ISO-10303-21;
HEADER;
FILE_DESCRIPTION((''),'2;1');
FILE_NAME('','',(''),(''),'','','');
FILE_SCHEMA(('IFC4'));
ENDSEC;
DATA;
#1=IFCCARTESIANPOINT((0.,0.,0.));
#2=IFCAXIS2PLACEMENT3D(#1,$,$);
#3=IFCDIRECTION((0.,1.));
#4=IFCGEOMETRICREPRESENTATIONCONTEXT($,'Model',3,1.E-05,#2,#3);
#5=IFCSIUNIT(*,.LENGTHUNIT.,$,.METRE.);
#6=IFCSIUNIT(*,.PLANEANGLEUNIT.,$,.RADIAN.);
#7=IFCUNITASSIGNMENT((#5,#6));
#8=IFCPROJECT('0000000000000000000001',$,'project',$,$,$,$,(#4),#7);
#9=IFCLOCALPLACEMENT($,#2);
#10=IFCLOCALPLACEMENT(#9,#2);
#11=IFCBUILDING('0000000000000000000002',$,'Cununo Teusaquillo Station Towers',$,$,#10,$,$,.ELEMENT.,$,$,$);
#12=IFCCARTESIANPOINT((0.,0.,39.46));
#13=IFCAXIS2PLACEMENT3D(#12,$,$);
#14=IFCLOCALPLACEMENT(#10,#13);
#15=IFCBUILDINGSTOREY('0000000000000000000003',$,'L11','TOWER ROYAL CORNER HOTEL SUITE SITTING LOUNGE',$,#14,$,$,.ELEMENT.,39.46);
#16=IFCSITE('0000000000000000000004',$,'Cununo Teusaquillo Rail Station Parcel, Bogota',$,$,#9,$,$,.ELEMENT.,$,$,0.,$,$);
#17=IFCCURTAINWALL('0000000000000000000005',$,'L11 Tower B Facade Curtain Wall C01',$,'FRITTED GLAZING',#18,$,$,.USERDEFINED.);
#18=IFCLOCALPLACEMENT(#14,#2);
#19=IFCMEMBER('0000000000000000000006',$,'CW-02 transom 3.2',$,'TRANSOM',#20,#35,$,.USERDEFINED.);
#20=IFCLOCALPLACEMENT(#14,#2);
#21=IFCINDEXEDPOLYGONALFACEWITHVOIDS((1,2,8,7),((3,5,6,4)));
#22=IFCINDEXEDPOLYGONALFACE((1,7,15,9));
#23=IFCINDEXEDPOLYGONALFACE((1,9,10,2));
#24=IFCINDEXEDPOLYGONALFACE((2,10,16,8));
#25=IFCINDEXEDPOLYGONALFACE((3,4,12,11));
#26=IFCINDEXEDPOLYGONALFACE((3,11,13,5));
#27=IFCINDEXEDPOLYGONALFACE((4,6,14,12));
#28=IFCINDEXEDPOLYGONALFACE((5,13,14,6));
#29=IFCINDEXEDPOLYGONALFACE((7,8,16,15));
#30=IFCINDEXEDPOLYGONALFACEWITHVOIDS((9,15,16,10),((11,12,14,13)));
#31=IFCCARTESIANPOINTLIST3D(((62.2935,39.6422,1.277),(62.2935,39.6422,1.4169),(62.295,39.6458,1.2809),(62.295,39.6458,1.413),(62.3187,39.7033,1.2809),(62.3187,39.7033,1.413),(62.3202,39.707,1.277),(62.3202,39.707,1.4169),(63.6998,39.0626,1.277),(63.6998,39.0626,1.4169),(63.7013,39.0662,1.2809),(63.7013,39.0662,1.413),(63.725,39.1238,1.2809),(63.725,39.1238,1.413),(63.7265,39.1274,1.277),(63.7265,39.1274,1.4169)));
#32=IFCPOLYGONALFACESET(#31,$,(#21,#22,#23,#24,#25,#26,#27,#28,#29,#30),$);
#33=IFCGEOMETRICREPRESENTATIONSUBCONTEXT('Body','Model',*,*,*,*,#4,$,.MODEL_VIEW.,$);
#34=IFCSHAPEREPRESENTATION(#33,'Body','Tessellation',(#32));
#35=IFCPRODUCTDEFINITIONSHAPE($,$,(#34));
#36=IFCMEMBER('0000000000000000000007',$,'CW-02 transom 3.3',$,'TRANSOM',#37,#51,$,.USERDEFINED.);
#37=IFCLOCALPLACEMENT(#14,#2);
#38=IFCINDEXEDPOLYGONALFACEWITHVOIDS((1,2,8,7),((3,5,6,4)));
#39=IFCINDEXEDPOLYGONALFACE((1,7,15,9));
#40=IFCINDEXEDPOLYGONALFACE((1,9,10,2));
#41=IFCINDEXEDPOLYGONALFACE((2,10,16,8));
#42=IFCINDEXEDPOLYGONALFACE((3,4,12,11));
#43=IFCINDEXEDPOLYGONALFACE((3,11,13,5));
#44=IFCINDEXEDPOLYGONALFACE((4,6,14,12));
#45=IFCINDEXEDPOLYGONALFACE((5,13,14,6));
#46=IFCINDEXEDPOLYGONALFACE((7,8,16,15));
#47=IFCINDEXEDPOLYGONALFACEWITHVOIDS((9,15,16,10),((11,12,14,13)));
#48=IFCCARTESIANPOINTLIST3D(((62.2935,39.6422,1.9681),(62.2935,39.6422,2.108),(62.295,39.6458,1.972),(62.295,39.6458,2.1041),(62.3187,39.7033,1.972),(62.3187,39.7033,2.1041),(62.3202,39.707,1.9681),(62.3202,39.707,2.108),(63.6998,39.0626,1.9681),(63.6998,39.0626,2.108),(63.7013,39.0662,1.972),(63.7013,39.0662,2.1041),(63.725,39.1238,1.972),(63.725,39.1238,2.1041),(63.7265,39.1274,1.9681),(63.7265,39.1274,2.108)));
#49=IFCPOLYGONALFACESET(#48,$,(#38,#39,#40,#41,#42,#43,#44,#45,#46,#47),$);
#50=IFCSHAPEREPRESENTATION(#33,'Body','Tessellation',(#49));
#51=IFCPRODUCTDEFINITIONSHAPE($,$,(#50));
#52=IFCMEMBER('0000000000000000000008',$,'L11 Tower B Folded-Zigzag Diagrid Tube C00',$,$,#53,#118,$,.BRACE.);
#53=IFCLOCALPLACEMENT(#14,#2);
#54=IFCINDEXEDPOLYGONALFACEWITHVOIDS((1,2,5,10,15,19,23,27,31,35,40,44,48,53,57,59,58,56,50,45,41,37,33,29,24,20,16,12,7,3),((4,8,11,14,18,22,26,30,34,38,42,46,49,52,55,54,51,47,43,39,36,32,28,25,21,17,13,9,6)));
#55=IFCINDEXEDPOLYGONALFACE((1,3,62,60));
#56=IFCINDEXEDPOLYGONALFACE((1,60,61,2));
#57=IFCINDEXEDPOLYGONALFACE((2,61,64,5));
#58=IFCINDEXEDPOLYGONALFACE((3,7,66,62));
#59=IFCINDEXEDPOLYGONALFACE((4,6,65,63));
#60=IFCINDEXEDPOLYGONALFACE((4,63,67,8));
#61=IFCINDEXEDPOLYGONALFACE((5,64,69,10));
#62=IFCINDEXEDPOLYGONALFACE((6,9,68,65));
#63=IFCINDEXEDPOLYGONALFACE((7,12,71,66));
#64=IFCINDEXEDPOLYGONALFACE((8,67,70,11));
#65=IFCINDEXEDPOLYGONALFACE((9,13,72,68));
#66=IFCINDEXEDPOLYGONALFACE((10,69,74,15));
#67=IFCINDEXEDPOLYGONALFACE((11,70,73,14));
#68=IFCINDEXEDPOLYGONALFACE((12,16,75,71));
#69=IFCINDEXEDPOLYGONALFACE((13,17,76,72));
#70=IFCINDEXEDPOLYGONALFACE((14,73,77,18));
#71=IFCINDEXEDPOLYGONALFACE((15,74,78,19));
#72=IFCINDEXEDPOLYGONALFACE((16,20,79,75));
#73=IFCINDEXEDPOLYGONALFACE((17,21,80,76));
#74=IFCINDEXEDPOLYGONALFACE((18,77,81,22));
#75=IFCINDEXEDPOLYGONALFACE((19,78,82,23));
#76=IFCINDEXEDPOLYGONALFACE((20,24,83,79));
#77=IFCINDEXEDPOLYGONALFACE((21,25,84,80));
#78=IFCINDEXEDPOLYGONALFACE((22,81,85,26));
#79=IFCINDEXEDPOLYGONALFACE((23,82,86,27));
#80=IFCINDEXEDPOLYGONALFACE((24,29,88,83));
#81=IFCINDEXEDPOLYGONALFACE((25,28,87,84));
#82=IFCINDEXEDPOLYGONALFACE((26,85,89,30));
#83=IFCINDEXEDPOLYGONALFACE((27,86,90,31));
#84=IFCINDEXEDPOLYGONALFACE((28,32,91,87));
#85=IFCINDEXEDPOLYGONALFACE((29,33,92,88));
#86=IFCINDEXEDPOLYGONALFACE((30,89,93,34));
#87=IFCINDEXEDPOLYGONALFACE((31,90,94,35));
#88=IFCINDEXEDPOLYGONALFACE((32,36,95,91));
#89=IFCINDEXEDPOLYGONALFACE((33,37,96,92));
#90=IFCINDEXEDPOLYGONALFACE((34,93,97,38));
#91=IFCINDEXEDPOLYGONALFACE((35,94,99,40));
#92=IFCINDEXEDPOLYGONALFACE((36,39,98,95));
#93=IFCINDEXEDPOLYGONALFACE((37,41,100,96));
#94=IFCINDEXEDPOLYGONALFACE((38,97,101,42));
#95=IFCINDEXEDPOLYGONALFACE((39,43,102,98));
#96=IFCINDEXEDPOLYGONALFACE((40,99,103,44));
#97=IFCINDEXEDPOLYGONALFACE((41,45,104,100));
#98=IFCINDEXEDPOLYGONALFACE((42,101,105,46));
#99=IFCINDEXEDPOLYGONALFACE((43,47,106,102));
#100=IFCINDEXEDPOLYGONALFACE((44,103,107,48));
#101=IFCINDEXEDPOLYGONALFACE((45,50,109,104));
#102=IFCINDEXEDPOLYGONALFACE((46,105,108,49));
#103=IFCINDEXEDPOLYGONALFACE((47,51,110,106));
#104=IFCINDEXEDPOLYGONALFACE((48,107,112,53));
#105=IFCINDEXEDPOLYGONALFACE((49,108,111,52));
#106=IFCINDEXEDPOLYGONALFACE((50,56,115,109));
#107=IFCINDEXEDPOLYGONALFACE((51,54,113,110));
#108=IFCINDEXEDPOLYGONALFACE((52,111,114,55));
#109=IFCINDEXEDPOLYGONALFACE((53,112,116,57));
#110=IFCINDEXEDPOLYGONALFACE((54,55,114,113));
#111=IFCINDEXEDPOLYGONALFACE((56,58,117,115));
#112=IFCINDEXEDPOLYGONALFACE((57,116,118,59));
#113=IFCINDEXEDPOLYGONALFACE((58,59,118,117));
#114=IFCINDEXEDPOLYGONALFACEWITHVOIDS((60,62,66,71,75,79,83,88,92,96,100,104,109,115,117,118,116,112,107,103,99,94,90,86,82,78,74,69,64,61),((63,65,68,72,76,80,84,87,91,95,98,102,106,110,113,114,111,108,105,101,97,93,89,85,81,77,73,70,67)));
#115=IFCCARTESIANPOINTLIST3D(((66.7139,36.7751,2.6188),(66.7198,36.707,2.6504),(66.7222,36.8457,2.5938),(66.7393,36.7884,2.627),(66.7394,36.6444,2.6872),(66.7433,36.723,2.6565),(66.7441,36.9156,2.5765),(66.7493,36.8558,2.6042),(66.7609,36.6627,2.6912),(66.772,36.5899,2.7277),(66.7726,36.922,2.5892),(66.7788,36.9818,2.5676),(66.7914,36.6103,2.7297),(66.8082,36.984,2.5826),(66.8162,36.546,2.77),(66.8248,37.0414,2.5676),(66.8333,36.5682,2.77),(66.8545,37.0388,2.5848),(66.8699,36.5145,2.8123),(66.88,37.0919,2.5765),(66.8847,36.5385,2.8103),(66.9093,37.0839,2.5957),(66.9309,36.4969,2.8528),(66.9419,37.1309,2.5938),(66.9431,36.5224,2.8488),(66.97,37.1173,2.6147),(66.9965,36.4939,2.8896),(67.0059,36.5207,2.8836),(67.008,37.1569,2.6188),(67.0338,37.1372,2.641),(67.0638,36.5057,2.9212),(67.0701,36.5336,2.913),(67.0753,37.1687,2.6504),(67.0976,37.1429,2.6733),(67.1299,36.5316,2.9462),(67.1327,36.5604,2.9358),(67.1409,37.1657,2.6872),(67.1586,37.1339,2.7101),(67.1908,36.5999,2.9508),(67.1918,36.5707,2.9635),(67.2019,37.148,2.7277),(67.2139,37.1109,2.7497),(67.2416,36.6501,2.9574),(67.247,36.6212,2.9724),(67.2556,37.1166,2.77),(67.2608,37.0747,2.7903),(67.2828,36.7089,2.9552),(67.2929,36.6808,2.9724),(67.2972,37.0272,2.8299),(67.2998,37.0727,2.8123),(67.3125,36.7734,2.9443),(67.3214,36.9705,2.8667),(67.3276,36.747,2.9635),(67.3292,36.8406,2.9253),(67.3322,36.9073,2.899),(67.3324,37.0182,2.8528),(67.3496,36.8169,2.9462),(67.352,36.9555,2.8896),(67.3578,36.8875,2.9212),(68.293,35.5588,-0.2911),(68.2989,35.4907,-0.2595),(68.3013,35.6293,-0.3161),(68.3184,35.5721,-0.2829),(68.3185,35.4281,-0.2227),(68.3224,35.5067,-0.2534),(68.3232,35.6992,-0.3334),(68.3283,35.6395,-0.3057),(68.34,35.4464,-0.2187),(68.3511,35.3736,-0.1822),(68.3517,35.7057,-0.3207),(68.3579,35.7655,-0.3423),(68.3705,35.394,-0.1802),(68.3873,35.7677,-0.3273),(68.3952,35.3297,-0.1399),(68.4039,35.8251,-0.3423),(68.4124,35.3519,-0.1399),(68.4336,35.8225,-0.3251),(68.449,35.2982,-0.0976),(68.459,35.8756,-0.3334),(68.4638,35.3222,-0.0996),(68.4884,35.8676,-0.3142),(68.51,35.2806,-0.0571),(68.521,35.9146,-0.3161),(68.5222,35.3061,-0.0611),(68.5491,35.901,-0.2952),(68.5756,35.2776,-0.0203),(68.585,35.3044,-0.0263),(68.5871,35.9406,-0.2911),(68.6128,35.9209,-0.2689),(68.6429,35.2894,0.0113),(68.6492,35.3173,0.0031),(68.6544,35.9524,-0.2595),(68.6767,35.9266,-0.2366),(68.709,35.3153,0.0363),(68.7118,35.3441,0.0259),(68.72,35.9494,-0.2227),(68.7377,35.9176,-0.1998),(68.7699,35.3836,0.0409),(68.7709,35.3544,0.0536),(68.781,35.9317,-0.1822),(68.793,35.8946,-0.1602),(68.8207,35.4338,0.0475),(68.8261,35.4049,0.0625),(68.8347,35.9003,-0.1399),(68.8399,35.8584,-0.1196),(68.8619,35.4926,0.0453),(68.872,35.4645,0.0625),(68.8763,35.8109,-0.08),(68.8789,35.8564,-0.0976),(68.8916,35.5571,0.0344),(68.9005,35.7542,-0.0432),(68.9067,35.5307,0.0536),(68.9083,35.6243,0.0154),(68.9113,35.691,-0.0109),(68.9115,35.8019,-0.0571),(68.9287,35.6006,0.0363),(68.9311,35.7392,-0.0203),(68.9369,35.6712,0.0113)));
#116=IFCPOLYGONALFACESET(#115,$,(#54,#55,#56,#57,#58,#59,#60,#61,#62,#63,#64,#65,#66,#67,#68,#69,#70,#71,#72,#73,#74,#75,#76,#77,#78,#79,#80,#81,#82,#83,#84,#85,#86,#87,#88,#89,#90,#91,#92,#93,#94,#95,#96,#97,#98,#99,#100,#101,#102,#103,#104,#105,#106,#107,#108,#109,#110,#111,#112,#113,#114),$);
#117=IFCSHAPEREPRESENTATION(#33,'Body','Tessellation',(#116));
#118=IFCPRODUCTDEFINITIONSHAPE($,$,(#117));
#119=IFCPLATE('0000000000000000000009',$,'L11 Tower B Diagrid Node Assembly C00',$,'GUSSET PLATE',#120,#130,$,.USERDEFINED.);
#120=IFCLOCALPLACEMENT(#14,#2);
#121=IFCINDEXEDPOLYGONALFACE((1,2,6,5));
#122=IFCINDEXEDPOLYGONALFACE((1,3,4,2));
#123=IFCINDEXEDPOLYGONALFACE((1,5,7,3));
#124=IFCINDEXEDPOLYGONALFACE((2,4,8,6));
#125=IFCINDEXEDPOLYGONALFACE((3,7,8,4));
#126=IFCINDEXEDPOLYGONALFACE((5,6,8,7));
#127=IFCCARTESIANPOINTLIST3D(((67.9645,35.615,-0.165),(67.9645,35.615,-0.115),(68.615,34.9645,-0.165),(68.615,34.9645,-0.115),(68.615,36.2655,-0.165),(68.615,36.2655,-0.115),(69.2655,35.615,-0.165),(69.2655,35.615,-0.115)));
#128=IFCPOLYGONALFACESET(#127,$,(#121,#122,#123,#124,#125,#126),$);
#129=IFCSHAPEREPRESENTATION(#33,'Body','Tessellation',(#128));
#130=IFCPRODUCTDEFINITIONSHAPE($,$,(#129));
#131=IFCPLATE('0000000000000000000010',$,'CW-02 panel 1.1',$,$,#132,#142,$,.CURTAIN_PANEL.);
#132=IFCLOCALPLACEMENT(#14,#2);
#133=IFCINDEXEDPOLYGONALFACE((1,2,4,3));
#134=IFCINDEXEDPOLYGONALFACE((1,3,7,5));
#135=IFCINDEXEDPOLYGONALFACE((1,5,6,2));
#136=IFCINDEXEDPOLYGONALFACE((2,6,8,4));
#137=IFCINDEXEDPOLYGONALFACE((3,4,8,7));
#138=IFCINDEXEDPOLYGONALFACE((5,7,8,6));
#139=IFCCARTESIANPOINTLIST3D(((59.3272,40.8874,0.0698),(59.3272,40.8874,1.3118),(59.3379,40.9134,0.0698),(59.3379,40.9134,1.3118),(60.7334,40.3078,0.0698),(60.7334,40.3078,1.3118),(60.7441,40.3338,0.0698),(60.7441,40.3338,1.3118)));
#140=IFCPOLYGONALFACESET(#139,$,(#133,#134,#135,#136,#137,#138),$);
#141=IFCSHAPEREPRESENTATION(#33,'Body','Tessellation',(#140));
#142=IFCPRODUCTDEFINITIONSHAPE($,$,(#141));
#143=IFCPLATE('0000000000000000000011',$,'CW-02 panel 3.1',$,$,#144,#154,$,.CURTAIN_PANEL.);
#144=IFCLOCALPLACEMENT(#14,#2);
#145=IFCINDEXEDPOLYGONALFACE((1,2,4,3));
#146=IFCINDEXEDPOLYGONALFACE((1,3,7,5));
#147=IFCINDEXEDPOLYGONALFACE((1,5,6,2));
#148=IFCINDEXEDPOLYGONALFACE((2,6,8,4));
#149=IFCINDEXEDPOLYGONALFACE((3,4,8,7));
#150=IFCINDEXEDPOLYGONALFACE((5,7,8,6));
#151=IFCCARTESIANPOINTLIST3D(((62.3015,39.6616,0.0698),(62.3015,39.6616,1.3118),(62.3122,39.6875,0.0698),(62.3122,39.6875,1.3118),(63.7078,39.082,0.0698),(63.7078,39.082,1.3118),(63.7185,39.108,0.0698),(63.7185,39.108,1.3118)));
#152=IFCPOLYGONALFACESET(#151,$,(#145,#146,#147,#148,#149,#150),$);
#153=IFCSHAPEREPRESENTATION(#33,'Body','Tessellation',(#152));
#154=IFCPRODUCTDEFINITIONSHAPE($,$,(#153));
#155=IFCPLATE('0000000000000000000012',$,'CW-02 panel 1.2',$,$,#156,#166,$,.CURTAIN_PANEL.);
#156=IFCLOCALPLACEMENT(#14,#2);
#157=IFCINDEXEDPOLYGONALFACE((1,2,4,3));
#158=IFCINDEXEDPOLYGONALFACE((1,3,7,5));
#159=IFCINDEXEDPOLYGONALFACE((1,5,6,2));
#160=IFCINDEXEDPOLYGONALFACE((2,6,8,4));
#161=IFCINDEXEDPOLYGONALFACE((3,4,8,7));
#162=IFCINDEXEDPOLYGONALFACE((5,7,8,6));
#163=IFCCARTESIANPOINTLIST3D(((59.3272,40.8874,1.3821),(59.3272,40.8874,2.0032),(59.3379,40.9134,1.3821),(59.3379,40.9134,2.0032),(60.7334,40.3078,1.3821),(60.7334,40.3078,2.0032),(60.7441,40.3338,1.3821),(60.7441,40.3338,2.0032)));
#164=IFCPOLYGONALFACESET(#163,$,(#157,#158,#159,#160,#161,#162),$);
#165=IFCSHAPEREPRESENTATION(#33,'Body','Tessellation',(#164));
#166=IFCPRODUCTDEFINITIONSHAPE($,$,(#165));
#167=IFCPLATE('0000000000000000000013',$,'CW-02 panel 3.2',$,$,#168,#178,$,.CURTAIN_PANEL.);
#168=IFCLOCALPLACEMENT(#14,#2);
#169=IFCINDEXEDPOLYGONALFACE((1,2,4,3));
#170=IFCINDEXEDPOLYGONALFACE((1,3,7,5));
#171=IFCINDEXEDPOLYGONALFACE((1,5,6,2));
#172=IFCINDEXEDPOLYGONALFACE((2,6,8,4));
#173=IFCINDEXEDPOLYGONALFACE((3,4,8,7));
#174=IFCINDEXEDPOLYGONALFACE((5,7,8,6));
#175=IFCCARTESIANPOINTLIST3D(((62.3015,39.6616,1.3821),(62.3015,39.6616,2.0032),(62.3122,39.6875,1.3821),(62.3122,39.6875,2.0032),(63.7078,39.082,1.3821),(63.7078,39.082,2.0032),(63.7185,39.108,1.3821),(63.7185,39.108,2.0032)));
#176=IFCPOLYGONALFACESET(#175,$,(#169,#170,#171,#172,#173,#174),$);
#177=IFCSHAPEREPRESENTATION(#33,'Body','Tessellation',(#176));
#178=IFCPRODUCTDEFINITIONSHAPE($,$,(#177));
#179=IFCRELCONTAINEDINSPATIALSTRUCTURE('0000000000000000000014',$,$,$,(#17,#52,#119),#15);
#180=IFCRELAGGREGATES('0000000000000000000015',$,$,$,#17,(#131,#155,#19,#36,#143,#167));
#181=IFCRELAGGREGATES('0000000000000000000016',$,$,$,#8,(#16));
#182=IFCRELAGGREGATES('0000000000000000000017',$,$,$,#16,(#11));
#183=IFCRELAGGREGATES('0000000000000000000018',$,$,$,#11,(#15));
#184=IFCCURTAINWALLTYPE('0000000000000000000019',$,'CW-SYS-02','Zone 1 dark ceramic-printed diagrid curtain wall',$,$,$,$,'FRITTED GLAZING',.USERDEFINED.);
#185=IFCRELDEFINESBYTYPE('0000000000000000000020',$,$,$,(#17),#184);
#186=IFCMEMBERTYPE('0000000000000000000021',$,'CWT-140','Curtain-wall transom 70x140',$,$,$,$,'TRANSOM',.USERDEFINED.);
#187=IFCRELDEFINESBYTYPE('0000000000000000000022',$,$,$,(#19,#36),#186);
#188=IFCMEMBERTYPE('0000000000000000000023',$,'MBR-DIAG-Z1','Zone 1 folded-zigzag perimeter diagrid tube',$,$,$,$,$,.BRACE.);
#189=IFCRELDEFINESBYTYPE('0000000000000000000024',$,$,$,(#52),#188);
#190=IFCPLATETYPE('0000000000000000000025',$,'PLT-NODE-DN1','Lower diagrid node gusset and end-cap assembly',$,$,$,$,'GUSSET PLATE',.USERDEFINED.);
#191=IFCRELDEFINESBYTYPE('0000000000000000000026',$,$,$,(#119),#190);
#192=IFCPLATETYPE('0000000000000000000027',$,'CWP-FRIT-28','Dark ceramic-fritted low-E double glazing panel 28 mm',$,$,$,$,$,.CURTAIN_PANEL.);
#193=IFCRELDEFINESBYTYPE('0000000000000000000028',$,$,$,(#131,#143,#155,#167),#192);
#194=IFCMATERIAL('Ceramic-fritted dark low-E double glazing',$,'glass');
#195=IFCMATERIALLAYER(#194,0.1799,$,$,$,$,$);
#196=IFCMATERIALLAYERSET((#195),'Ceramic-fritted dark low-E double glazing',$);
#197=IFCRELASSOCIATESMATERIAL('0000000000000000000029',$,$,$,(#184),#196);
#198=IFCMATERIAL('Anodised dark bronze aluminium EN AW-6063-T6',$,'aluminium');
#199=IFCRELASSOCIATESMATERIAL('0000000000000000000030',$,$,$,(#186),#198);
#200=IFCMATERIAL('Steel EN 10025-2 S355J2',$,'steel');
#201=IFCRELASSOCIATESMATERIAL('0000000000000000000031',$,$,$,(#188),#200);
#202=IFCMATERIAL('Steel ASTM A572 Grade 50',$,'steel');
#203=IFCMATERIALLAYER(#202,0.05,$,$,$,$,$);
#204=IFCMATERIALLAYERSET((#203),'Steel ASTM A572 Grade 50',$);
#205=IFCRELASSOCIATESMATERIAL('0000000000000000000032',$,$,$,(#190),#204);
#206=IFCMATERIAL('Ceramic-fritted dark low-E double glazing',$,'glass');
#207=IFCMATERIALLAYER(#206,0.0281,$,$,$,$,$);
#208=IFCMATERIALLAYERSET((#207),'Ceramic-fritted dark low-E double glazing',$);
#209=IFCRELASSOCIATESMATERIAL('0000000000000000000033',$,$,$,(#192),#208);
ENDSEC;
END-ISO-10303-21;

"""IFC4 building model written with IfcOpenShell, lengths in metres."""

from ifc_helpers import new_model, si_unit, direction, frame, origin, origin_2d, place, context, subcontext, project, spatial, rectangle, hollow_rectangle, hollow_circle, extrude, source, transform, mapped, material, layer, layer_set, material_profile, profile_set, type_object, element, aggregate, save


model = new_model("IFC4")

# Units and contexts
model_context = context("Model", 3, precision=1e-05, world=origin(), true_north=direction((0.0, 1.0)))
body_context = subcontext(model_context, "Body", "Model", "MODEL_VIEW")
ifc_project = project(units=[si_unit("LENGTHUNIT", "METRE"), si_unit("PLANEANGLEUNIT", "RADIAN")], contexts=[model_context])

# Site, building, storey
site_placement = place(None, origin())
site = spatial("IfcSite", under=ifc_project, at=site_placement, Name="Cununo Teusaquillo Rail Station Parcel, Bogota", CompositionType="ELEMENT", RefElevation=0.0)
building_placement = place(site_placement, origin())
building = spatial("IfcBuilding", under=site, at=building_placement, Name="Cununo Teusaquillo Station Towers", CompositionType="ELEMENT")
storey_placement = place(building_placement, frame((0.0, 0.0, 39.46)))
storey = spatial("IfcBuildingStorey", under=building, at=storey_placement, Name="L11", Description="TOWER ROYAL CORNER HOTEL SUITE SITTING LOUNGE", CompositionType="ELEMENT", Elevation=39.46)

# Curtain wall, members
ifc_material_1 = material(Name="Ceramic-fritted dark low-E double glazing", Category="glass")
ifc_layer_1 = layer(ifc_material_1, 0.1799)
ifc_layer_set_1 = layer_set([ifc_layer_1], Name="Ceramic-fritted dark low-E double glazing")
curtain_wall_type = type_object("IfcCurtainWallType", Name="CW-SYS-02", Description="Zone 1 dark ceramic-printed diagrid curtain wall", ElementType="FRITTED GLAZING", PredefinedType="USERDEFINED", material=ifc_layer_set_1)
curtain_wall_placement = place(storey_placement, origin())
curtain_wall = element("IfcCurtainWall", 1, at=curtain_wall_placement, inside=storey, type_object=curtain_wall_type, Name="L11 Tower B Facade Curtain Wall C01", ObjectType="FRITTED GLAZING", PredefinedType="USERDEFINED")
ifc_material_2 = material(Name="Anodised dark bronze aluminium EN AW-6063-T6", Category="aluminium")
ifc_material_profile_1 = material_profile(ifc_material_2, hollow_rectangle(XDim=0.0701, YDim=0.1399, WallThickness=0.0039, at=origin_2d()), Name="CW-TRAN-70x140")
ifc_profile_set_1 = profile_set([ifc_material_profile_1], Name="Anodised dark bronze aluminium EN AW-6063-T6")
member_type_1 = type_object("IfcMemberType", Name="CWT-140", Description="Curtain-wall transom 70x140", ElementType="TRANSOM", PredefinedType="USERDEFINED", material=ifc_profile_set_1)
member_1_placement = place(storey_placement, frame((62.3069, 39.6746, 1.3469), z_axis=(0.924552, -0.381057, 0.0), x_axis=(0.381057, 0.924552, 0.0)))
member_1 = element("IfcMember", 2, at=member_1_placement, type_object=member_type_1, Name="CW-02 transom 3.2", ObjectType="TRANSOM", PredefinedType="USERDEFINED", context=body_context, shape_type="SweptSolid", body=[
    extrude(hollow_rectangle(XDim=0.0701, YDim=0.1399, WallThickness=0.0039, at=origin_2d()), origin(), (0.0, 0.0, 1.0), 1.521),
])
member_2_placement = place(storey_placement, frame((62.3069, 39.6746, 2.0381), z_axis=(0.924552, -0.381057, 0.0), x_axis=(0.381057, 0.924552, 0.0)))
member_2 = element("IfcMember", 3, at=member_2_placement, type_object=member_type_1, Name="CW-02 transom 3.3", ObjectType="TRANSOM", PredefinedType="USERDEFINED", context=body_context, shape_type="SweptSolid", body=[
    extrude(hollow_rectangle(XDim=0.0701, YDim=0.1399, WallThickness=0.0039, at=origin_2d()), origin(), (0.0, 0.0, 1.0), 1.521),
])

# Member
ifc_material_3 = material(Name="Steel EN 10025-2 S355J2", Category="steel")
ifc_material_profile_2 = material_profile(ifc_material_3, hollow_circle(Radius=0.3601, WallThickness=0.0281, at=origin_2d()), Name="CHS 720x28")
ifc_profile_set_2 = profile_set([ifc_material_profile_2], Name="Steel EN 10025-2 S355J2")
member_type_2 = type_object("IfcMemberType", Name="MBR-DIAG-Z1", Description="Zone 1 folded-zigzag perimeter diagrid tube", PredefinedType="BRACE", material=ifc_profile_set_2)
member_3_placement = place(storey_placement, frame((68.615, 35.615, -0.1399), z_axis=(-0.447703, 0.344845, 0.825011), x_axis=(-0.61022, -0.792232, 0.0)))
element("IfcMember", 4, at=member_3_placement, inside=storey, type_object=member_type_2, Name="L11 Tower B Folded-Zigzag Diagrid Tube C00", PredefinedType="BRACE", context=body_context, shape_type="SweptSolid", body=[
    extrude(hollow_circle(Radius=0.3601, WallThickness=0.0281, at=origin_2d()), origin(), (0.0, 0.0, 1.0), 3.5271),
])

# Plates
ifc_material_4 = material(Name="Steel ASTM A572 Grade 50", Category="steel")
ifc_layer_2 = layer(ifc_material_4, 0.05)
ifc_layer_set_2 = layer_set([ifc_layer_2], Name="Steel ASTM A572 Grade 50")
plate_type_1 = type_object("IfcPlateType", Name="PLT-NODE-DN1", Description="Lower diagrid node gusset and end-cap assembly", ElementType="GUSSET PLATE", PredefinedType="USERDEFINED", material=ifc_layer_set_2)
shared_shape_1 = source(origin(), body_context, "Body", "SweptSolid", [
    extrude(rectangle(XDim=0.9199, YDim=0.9199, at=origin_2d()), origin(), (0.0, 0.0, 1.0), 0.05),
])
plate_1_placement = place(storey_placement, frame((68.615, 35.615, -0.165), z_axis=(0.0, 0.0, 1.0), x_axis=(0.707107, 0.707107, 0.0)))
element("IfcPlate", 5, at=plate_1_placement, inside=storey, type_object=plate_type_1, Name="L11 Tower B Diagrid Node Assembly C00", ObjectType="GUSSET PLATE", PredefinedType="USERDEFINED", context=body_context, shape_type="MappedRepresentation", body=[
    mapped(shared_shape_1, transform((0.0, 0.0, 0.0), x_axis=(1.0, 0.0, 0.0), y_axis=(0.0, 1.0, 0.0), z_axis=(0.0, 0.0, 1.0), scale=1.0)),
])
ifc_material_5 = material(Name="Ceramic-fritted dark low-E double glazing", Category="glass")
ifc_layer_3 = layer(ifc_material_5, 0.0281)
ifc_layer_set_3 = layer_set([ifc_layer_3], Name="Ceramic-fritted dark low-E double glazing")
plate_type_2 = type_object("IfcPlateType", Name="CWP-FRIT-28", Description="Dark ceramic-fritted low-E double glazing panel 28 mm", PredefinedType="CURTAIN_PANEL", material=ifc_layer_set_3)
shared_shape_2 = source(origin(), body_context, "Body", "SweptSolid", [
    extrude(rectangle(XDim=1.521, YDim=0.0281, at=origin_2d()), origin(), (0.0, 0.0, 1.0), 1.2419),
])
plate_2_placement = place(storey_placement, frame((60.0356, 40.6106, 0.0698), z_axis=(0.0, 0.0, 1.0), x_axis=(0.924552, -0.381055, 0.0)))
plate_2 = element("IfcPlate", 6, at=plate_2_placement, type_object=plate_type_2, Name="CW-02 panel 1.1", PredefinedType="CURTAIN_PANEL", context=body_context, shape_type="MappedRepresentation", body=[
    mapped(shared_shape_2, transform((0.0, 0.0, 0.0), x_axis=(1.0, 0.0, 0.0), y_axis=(0.0, 1.0, 0.0), z_axis=(0.0, 0.0, 1.0), scale=1.0)),
])
plate_3_placement = place(storey_placement, frame((63.01, 39.3848, 0.0698), z_axis=(0.0, 0.0, 1.0), x_axis=(0.924552, -0.381055, 0.0)))
plate_3 = element("IfcPlate", 7, at=plate_3_placement, type_object=plate_type_2, Name="CW-02 panel 3.1", PredefinedType="CURTAIN_PANEL", context=body_context, shape_type="MappedRepresentation", body=[
    mapped(shared_shape_2, transform((0.0, 0.0, 0.0), x_axis=(1.0, 0.0, 0.0), y_axis=(0.0, 1.0, 0.0), z_axis=(0.0, 0.0, 1.0), scale=1.0)),
])
shared_shape_3 = source(origin(), body_context, "Body", "SweptSolid", [
    extrude(rectangle(XDim=1.521, YDim=0.0281, at=origin_2d()), origin(), (0.0, 0.0, 1.0), 0.6211),
])
plate_4_placement = place(storey_placement, frame((60.0356, 40.6106, 1.3821), z_axis=(0.0, 0.0, 1.0), x_axis=(0.924552, -0.381055, 0.0)))
plate_4 = element("IfcPlate", 8, at=plate_4_placement, type_object=plate_type_2, Name="CW-02 panel 1.2", PredefinedType="CURTAIN_PANEL", context=body_context, shape_type="MappedRepresentation", body=[
    mapped(shared_shape_3, transform((0.0, 0.0, 0.0), x_axis=(1.0, 0.0, 0.0), y_axis=(0.0, 1.0, 0.0), z_axis=(0.0, 0.0, 1.0), scale=1.0)),
])
plate_5_placement = place(storey_placement, frame((63.01, 39.3848, 1.3821), z_axis=(0.0, 0.0, 1.0), x_axis=(0.924552, -0.381055, 0.0)))
plate_5 = element("IfcPlate", 9, at=plate_5_placement, type_object=plate_type_2, Name="CW-02 panel 3.2", PredefinedType="CURTAIN_PANEL", context=body_context, shape_type="MappedRepresentation", body=[
    mapped(shared_shape_3, transform((0.0, 0.0, 0.0), x_axis=(1.0, 0.0, 0.0), y_axis=(0.0, 1.0, 0.0), z_axis=(0.0, 0.0, 1.0), scale=1.0)),
])
aggregate(curtain_wall, [plate_2, plate_4, member_1, member_2, plate_3, plate_5])

save(model, "model.ifc")
